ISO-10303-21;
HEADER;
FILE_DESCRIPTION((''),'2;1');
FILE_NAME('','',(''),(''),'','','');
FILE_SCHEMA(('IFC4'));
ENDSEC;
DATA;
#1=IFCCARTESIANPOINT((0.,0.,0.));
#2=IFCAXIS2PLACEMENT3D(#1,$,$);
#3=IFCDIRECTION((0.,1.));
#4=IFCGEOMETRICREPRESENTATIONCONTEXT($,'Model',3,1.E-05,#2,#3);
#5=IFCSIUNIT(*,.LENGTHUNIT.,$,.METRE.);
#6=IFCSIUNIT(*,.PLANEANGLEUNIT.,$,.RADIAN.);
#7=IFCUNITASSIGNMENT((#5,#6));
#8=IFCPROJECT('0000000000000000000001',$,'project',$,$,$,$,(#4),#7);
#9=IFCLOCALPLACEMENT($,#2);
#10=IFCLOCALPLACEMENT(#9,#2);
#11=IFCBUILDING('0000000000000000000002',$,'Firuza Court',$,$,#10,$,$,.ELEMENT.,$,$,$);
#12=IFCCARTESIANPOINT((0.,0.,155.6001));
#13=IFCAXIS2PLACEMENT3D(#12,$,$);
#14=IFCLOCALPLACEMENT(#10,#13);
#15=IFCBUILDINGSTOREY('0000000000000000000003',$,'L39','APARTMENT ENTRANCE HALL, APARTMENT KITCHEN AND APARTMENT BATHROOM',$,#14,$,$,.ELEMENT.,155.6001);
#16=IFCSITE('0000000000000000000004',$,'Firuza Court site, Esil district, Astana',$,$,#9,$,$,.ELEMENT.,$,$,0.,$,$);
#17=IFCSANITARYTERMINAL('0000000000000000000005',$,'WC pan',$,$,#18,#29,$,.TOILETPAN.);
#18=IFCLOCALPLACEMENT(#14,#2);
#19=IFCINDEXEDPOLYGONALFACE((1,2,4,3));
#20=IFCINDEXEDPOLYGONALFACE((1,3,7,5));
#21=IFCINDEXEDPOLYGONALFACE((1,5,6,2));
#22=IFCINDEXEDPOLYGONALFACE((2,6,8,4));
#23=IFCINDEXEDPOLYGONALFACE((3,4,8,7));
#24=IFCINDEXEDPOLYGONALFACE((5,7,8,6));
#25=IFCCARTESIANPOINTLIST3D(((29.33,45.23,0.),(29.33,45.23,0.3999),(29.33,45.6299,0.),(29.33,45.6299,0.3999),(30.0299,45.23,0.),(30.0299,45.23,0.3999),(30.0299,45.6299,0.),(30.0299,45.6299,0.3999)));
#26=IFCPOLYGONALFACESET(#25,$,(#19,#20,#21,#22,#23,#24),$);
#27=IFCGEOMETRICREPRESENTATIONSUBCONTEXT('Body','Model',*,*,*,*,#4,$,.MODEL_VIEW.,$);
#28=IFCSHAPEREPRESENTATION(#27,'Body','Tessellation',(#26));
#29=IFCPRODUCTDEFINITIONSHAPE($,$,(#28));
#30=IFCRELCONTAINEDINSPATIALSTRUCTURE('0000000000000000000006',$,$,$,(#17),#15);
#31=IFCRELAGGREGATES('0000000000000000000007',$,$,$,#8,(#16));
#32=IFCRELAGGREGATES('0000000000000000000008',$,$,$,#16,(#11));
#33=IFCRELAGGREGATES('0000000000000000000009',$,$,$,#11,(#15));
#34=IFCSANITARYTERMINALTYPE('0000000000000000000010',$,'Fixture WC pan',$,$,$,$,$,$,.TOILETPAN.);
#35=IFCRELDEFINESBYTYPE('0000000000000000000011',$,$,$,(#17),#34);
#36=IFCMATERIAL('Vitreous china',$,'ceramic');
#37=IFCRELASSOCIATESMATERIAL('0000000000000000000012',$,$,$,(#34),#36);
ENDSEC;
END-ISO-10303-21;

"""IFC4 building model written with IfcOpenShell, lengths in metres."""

from ifc_helpers import new_model, si_unit, direction, frame, origin, origin_2d, place, context, subcontext, project, spatial, rectangle, extrude, material, type_object, element, save


model = new_model("IFC4")

# Units and contexts
model_context = context("Model", 3, precision=1e-05, world=origin(), true_north=direction((0.0, 1.0)))
body_context = subcontext(model_context, "Body", "Model", "MODEL_VIEW")
ifc_project = project(units=[si_unit("LENGTHUNIT", "METRE"), si_unit("PLANEANGLEUNIT", "RADIAN")], contexts=[model_context])

# Site, building, storey
site_placement = place(None, origin())
site = spatial("IfcSite", under=ifc_project, at=site_placement, Name="Firuza Court site, Esil district, Astana", CompositionType="ELEMENT", RefElevation=0.0)
building_placement = place(site_placement, origin())
building = spatial("IfcBuilding", under=site, at=building_placement, Name="Firuza Court", CompositionType="ELEMENT")
storey_placement = place(building_placement, frame((0.0, 0.0, 155.6001)))
storey = spatial("IfcBuildingStorey", under=building, at=storey_placement, Name="L39", Description="APARTMENT ENTRANCE HALL, APARTMENT KITCHEN AND APARTMENT BATHROOM", CompositionType="ELEMENT", Elevation=155.6001)

# Sanitary terminal
ifc_material_1 = material(Name="Vitreous china", Category="ceramic")
sanitary_terminal_type_1 = type_object("IfcSanitaryTerminalType", Name="Fixture WC pan", PredefinedType="TOILETPAN", material=ifc_material_1)
sanitary_terminal_1_placement = place(storey_placement, frame((29.6799, 45.4299, 0.0), z_axis=(0.0, 0.0, 1.0), x_axis=(1.0, 0.0, 0.0)))
element("IfcSanitaryTerminal", 1, at=sanitary_terminal_1_placement, inside=storey, type_object=sanitary_terminal_type_1, Name="WC pan", PredefinedType="TOILETPAN", context=body_context, shape_type="SweptSolid", body=[
    extrude(rectangle(XDim=0.7, YDim=0.3999, at=origin_2d()), origin(), (0.0, 0.0, 1.0), 0.3999),
])

save(model, "model.ifc")
